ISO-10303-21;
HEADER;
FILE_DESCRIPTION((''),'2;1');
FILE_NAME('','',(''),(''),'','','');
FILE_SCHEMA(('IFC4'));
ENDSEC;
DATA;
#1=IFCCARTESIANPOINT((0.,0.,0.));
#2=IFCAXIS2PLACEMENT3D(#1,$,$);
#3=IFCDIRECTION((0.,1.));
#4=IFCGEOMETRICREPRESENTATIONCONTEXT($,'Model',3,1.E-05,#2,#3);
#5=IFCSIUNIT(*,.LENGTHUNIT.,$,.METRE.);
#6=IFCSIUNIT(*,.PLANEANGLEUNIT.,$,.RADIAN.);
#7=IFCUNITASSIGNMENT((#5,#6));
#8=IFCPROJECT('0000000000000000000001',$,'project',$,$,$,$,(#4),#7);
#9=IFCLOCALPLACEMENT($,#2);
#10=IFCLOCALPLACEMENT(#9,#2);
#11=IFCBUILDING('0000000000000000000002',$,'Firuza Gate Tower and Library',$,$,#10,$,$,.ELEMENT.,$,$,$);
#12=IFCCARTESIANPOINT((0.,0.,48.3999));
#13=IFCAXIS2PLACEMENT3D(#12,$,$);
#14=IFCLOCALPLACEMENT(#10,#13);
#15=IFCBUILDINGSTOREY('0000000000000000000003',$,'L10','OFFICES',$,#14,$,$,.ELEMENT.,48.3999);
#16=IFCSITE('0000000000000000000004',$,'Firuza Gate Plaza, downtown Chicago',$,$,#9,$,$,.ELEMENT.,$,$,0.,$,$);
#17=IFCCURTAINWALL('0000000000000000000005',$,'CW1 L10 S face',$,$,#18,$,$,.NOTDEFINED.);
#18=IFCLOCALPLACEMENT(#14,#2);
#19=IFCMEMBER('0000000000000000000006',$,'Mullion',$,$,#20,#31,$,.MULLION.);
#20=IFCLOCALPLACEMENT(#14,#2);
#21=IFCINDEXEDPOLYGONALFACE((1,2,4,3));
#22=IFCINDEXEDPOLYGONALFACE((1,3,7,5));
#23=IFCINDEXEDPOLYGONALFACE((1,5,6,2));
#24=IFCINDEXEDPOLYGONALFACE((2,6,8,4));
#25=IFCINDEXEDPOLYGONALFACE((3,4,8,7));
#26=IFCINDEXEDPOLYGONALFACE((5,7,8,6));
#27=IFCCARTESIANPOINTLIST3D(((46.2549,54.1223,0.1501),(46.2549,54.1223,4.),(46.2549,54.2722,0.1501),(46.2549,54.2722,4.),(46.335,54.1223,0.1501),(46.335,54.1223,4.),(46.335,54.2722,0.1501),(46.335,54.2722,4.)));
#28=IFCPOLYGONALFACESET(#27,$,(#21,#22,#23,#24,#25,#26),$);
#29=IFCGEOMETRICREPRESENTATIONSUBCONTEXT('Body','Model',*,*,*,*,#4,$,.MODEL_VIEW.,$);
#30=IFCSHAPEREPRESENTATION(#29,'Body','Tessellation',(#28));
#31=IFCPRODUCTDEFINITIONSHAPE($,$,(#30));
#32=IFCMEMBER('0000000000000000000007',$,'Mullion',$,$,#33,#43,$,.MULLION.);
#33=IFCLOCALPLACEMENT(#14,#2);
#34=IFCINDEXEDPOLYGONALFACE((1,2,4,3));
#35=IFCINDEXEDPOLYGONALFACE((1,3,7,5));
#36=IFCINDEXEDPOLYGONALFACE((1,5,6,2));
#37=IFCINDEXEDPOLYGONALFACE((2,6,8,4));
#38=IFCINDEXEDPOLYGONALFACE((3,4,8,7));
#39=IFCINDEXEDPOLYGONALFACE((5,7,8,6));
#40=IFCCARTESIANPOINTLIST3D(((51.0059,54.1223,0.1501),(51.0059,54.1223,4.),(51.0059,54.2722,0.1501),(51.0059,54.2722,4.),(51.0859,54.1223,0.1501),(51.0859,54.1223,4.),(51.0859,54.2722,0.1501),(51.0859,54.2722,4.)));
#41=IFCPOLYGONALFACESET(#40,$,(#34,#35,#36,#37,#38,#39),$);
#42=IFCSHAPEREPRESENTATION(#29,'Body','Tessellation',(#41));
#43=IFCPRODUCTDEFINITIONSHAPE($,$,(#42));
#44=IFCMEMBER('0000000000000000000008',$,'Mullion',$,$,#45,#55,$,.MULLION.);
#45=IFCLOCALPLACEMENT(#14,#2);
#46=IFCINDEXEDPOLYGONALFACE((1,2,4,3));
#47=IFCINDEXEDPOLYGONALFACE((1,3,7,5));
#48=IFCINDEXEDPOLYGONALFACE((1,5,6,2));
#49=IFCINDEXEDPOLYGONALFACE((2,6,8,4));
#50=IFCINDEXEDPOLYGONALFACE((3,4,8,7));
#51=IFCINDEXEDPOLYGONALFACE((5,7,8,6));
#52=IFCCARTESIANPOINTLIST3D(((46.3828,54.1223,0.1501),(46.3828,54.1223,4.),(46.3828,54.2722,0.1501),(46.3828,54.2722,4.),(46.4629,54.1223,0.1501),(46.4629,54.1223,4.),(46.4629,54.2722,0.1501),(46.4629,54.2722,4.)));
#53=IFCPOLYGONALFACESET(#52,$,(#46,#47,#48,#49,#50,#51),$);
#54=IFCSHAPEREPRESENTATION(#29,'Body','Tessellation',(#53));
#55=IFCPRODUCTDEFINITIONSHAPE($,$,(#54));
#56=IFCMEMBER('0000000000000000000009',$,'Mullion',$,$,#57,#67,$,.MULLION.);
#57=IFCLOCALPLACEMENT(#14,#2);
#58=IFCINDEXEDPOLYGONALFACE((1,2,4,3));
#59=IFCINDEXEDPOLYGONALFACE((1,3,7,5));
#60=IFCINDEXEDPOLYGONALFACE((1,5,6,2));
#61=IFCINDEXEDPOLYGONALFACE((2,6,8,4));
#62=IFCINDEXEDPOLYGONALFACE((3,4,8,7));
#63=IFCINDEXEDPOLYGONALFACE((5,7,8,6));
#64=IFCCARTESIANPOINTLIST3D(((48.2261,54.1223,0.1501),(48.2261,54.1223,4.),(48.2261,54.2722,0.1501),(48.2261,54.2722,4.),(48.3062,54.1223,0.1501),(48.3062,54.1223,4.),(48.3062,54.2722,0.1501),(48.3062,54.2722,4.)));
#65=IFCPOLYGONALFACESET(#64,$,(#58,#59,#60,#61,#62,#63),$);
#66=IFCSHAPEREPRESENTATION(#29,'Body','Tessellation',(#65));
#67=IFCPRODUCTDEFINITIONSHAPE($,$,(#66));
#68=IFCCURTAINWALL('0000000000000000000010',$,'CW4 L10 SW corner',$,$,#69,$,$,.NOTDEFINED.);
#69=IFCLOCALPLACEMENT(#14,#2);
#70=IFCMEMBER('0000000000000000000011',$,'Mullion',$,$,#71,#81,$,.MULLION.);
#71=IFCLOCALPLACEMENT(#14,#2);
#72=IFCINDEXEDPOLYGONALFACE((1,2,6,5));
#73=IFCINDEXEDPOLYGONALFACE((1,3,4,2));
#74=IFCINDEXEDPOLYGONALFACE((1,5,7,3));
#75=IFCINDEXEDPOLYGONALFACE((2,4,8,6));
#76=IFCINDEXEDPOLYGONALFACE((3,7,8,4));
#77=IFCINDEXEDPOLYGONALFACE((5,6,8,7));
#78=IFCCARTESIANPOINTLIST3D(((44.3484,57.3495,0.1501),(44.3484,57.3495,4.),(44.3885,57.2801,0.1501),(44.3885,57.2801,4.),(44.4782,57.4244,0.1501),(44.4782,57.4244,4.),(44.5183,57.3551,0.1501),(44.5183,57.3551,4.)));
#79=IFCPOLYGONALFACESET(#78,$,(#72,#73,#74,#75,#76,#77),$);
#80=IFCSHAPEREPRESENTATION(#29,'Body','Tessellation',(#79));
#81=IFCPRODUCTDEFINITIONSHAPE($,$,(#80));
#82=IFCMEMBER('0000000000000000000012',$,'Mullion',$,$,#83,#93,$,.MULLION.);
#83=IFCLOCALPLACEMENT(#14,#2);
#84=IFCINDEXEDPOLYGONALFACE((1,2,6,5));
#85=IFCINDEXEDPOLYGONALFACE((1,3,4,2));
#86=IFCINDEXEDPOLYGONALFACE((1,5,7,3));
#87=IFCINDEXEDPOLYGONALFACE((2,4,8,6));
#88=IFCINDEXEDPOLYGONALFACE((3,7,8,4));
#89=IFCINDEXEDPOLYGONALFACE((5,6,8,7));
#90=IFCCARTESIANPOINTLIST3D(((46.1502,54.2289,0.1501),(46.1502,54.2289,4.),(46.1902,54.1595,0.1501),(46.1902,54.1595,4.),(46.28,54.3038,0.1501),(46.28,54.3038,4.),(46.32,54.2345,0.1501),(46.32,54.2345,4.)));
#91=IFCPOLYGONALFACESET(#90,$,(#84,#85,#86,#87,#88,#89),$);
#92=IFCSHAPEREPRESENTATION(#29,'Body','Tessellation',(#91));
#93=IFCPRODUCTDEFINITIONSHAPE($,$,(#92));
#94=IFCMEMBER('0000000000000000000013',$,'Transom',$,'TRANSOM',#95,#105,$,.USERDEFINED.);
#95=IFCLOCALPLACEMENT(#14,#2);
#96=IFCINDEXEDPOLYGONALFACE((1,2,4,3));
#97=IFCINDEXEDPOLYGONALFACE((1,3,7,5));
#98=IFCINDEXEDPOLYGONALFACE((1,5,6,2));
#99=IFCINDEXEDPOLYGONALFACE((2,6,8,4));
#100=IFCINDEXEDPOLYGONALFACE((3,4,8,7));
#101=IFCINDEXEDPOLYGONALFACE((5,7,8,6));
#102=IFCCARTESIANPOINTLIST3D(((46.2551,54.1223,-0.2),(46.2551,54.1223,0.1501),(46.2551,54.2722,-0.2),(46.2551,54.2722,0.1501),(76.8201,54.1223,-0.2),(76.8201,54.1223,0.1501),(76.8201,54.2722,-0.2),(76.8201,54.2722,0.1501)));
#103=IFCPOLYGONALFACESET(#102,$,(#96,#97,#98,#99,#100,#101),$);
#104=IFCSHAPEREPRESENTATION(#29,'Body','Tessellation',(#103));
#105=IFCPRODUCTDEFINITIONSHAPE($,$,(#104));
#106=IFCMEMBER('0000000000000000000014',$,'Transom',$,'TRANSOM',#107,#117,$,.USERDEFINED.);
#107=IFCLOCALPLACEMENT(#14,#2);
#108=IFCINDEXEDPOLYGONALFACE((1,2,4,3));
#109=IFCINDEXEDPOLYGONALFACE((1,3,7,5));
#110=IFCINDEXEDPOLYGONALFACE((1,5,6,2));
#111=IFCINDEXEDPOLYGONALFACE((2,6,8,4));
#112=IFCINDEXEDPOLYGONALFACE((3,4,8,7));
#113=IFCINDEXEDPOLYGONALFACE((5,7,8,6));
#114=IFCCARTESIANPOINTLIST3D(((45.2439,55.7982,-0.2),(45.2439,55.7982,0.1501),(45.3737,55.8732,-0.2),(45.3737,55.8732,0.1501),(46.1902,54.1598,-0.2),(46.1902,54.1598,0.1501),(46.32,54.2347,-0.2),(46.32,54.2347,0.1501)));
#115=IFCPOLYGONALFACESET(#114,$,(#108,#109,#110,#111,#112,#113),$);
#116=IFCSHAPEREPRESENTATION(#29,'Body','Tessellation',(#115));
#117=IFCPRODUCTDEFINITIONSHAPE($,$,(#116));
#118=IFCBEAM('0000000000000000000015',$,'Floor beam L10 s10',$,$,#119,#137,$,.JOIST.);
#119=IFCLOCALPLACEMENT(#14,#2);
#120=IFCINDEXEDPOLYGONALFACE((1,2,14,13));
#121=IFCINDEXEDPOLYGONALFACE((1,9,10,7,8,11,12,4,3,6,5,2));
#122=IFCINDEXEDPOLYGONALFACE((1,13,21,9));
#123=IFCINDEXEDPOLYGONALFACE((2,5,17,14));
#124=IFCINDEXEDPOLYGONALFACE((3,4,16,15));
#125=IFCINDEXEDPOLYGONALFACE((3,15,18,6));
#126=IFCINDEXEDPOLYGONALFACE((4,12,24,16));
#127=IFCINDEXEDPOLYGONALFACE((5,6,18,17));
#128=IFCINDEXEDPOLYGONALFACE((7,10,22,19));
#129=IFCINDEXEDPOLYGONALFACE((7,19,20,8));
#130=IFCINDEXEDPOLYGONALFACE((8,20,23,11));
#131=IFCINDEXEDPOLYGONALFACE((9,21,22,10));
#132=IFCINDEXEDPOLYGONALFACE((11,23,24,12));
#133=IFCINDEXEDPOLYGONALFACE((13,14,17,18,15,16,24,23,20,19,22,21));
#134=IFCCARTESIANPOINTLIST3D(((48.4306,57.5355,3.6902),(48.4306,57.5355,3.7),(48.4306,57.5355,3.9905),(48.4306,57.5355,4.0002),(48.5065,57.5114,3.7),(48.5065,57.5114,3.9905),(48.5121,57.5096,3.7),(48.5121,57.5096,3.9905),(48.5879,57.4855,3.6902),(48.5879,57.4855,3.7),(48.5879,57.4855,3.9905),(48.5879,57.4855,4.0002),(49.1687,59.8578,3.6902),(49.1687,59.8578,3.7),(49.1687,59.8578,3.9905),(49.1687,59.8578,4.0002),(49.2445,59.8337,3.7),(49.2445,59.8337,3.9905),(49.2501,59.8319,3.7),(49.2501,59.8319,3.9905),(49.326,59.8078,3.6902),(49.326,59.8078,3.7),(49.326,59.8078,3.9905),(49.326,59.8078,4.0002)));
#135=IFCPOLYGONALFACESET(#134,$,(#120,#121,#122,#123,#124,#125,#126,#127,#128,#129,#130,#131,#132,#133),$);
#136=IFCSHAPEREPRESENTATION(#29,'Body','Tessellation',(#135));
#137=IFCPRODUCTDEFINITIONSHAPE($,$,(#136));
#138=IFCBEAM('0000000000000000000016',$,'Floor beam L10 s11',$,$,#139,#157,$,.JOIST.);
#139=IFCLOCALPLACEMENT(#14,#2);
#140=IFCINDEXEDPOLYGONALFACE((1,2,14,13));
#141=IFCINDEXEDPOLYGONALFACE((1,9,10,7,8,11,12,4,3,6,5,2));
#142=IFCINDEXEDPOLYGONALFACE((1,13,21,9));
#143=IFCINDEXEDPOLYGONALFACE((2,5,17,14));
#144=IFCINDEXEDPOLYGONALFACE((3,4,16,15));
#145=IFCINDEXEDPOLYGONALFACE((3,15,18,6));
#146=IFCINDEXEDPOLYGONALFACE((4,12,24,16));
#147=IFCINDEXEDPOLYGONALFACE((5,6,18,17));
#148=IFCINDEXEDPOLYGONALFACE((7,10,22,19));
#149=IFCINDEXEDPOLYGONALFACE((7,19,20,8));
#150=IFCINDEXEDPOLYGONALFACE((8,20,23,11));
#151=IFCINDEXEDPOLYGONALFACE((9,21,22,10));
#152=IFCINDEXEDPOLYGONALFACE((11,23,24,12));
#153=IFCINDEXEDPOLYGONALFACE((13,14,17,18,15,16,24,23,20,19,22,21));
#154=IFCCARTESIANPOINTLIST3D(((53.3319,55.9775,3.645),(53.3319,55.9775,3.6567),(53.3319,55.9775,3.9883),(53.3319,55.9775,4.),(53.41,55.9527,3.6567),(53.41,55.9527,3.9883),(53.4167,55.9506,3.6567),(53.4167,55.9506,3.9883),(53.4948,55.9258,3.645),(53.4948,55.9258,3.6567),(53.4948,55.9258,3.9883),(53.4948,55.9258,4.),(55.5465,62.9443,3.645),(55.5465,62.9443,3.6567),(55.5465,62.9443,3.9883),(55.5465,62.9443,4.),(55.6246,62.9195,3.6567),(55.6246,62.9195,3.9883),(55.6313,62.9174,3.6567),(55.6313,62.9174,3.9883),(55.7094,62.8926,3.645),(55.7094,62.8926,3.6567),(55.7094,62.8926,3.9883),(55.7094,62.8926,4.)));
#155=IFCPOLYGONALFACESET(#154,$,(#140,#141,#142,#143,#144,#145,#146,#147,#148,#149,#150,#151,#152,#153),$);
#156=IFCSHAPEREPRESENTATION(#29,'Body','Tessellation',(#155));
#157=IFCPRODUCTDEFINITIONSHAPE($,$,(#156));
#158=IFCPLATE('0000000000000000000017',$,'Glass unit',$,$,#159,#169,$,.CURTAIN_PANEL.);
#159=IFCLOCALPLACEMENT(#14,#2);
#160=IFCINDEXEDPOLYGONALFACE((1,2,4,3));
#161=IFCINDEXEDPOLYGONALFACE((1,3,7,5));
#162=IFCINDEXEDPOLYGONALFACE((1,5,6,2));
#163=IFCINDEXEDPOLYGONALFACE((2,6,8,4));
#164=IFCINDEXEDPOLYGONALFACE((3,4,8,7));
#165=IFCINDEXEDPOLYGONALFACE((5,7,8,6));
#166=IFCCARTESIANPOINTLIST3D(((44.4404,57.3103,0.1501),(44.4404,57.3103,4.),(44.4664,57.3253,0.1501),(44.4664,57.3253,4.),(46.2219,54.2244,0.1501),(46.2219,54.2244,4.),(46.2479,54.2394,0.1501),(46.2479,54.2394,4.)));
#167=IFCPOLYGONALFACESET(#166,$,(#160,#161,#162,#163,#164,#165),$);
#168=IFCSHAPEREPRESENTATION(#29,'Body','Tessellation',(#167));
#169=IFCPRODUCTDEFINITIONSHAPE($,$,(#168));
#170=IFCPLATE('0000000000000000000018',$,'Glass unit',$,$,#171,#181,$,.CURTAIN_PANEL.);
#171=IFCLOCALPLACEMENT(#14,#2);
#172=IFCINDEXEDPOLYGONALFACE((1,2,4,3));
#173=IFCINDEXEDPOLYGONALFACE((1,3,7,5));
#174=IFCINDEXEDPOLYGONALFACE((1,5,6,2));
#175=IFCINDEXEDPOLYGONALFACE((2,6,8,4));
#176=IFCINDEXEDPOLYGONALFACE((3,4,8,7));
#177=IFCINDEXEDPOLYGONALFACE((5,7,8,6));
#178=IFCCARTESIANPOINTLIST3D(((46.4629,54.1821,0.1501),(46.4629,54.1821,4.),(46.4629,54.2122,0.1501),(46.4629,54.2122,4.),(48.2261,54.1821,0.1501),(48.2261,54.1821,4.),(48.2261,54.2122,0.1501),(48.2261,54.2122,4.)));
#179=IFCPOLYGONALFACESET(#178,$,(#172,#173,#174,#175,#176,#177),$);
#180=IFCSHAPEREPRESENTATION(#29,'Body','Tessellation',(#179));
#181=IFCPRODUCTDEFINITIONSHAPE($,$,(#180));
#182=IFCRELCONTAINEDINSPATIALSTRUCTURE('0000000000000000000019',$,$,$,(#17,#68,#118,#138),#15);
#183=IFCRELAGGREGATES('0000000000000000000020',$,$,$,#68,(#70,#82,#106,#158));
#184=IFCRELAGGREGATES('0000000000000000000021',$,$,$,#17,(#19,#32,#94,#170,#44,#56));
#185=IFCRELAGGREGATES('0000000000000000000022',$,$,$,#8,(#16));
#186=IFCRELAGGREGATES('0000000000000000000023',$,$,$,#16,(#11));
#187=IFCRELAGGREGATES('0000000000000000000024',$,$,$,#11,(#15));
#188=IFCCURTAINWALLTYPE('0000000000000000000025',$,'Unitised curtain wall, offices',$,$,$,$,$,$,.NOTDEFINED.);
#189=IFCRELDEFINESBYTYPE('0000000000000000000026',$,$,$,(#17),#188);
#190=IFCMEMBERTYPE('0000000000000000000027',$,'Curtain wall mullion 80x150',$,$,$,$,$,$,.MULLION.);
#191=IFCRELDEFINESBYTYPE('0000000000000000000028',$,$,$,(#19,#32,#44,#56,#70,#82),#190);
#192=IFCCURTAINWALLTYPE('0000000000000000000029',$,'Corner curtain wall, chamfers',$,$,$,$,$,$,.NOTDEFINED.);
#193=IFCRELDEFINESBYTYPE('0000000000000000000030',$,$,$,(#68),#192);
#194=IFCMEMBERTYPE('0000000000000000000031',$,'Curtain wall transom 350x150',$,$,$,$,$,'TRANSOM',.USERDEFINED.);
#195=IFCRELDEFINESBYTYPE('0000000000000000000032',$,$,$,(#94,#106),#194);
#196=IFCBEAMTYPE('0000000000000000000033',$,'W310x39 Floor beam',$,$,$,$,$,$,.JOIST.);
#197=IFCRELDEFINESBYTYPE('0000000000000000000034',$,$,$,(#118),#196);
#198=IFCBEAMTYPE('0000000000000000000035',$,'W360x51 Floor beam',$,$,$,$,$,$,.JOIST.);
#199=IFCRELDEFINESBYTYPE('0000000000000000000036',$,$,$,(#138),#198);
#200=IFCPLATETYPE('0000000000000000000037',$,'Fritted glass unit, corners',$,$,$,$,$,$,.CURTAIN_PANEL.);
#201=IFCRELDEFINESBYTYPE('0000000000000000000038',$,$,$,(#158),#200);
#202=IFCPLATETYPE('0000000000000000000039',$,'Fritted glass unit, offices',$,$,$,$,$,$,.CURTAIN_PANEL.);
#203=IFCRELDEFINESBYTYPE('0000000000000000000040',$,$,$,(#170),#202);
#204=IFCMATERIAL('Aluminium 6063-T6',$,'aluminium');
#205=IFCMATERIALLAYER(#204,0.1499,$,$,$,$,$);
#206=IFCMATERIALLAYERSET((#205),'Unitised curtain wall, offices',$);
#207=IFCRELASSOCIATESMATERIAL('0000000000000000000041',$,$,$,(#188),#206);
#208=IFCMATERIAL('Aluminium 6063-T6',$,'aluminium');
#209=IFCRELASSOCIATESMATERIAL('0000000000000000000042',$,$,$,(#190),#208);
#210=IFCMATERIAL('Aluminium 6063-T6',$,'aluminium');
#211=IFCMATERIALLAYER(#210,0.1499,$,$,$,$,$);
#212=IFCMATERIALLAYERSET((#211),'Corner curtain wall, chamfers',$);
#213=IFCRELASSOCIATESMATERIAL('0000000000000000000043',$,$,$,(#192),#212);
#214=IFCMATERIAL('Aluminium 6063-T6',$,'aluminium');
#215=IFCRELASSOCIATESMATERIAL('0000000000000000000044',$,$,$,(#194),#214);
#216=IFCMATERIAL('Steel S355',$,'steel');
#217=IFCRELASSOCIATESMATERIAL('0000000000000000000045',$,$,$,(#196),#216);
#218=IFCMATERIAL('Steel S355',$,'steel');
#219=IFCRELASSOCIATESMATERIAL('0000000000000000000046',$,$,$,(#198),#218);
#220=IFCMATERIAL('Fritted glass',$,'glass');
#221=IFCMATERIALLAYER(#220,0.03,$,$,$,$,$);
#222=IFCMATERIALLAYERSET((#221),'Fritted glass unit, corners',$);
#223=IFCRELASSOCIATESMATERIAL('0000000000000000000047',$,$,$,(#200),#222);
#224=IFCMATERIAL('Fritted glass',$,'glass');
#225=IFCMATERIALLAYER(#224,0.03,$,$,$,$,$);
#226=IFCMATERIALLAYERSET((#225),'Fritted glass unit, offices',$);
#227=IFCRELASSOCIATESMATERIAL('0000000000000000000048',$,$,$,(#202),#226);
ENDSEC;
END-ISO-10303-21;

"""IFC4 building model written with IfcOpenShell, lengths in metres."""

from ifc_helpers import new_model, si_unit, direction, frame, origin, origin_2d, place, context, subcontext, project, spatial, polyline, rectangle, i_section, outline, extrude, material, layer, layer_set, material_profile, profile_set, type_object, element, aggregate, save


model = new_model("IFC4")

# Units and contexts
model_context = context("Model", 3, precision=1e-05, world=origin(), true_north=direction((0.0, 1.0)))
body_context = subcontext(model_context, "Body", "Model", "MODEL_VIEW")
ifc_project = project(units=[si_unit("LENGTHUNIT", "METRE"), si_unit("PLANEANGLEUNIT", "RADIAN")], contexts=[model_context])

# Site, building, storey
site_placement = place(None, origin())
site = spatial("IfcSite", under=ifc_project, at=site_placement, Name="Firuza Gate Plaza, downtown Chicago", CompositionType="ELEMENT", RefElevation=0.0)
building_placement = place(site_placement, origin())
building = spatial("IfcBuilding", under=site, at=building_placement, Name="Firuza Gate Tower and Library", CompositionType="ELEMENT")
storey_placement = place(building_placement, frame((0.0, 0.0, 48.3999)))
storey = spatial("IfcBuildingStorey", under=building, at=storey_placement, Name="L10", Description="OFFICES", CompositionType="ELEMENT", Elevation=48.3999)

# Curtain walls, members
ifc_material_1 = material(Name="Aluminium 6063-T6", Category="aluminium")
ifc_layer_1 = layer(ifc_material_1, 0.1499)
ifc_layer_set_1 = layer_set([ifc_layer_1], Name="Unitised curtain wall, offices")
curtain_wall_type_1 = type_object("IfcCurtainWallType", Name="Unitised curtain wall, offices", PredefinedType="NOTDEFINED", material=ifc_layer_set_1)
placement_1 = place(storey_placement, origin())
curtain_wall_1 = element("IfcCurtainWall", 1, at=placement_1, inside=storey, type_object=curtain_wall_type_1, Name="CW1 L10 S face", PredefinedType="NOTDEFINED")
ifc_material_2 = material(Name="Aluminium 6063-T6", Category="aluminium")
ifc_material_profile_1 = material_profile(ifc_material_2, rectangle(XDim=0.1499, YDim=0.0801, at=origin_2d()))
ifc_profile_set_1 = profile_set([ifc_material_profile_1], Name="Aluminium 6063-T6")
member_type_1 = type_object("IfcMemberType", Name="Curtain wall mullion 80x150", PredefinedType="MULLION", material=ifc_profile_set_1)
member_1_placement = place(storey_placement, frame((46.2949, 54.1973, 0.1501), z_axis=(0.0, 0.0, 1.0), x_axis=(0.0, 1.0, 0.0)))
member_1 = element("IfcMember", 2, at=member_1_placement, type_object=member_type_1, Name="Mullion", PredefinedType="MULLION", context=body_context, shape_type="SweptSolid", body=[
    extrude(rectangle(XDim=0.1499, YDim=0.0801, at=origin_2d()), origin(), (0.0, 0.0, 1.0), 3.8499),
])
member_2_placement = place(storey_placement, frame((51.0459, 54.1973, 0.1501), z_axis=(0.0, 0.0, 1.0), x_axis=(0.0, 1.0, 0.0)))
member_2 = element("IfcMember", 3, at=member_2_placement, type_object=member_type_1, Name="Mullion", PredefinedType="MULLION", context=body_context, shape_type="SweptSolid", body=[
    extrude(rectangle(XDim=0.1499, YDim=0.0801, at=origin_2d()), origin(), (0.0, 0.0, 1.0), 3.8499),
])
member_3_placement = place(storey_placement, frame((46.4229, 54.1973, 0.1501), z_axis=(0.0, 0.0, 1.0), x_axis=(0.0, 1.0, 0.0)))
member_3 = element("IfcMember", 4, at=member_3_placement, type_object=member_type_1, Name="Mullion", PredefinedType="MULLION", context=body_context, shape_type="SweptSolid", body=[
    extrude(rectangle(XDim=0.1499, YDim=0.0801, at=origin_2d()), origin(), (0.0, 0.0, 1.0), 3.8499),
])
member_4_placement = place(storey_placement, frame((48.2661, 54.1973, 0.1501), z_axis=(0.0, 0.0, 1.0), x_axis=(0.0, 1.0, 0.0)))
member_4 = element("IfcMember", 5, at=member_4_placement, type_object=member_type_1, Name="Mullion", PredefinedType="MULLION", context=body_context, shape_type="SweptSolid", body=[
    extrude(rectangle(XDim=0.1499, YDim=0.0801, at=origin_2d()), origin(), (0.0, 0.0, 1.0), 3.8499),
])
ifc_material_3 = material(Name="Aluminium 6063-T6", Category="aluminium")
ifc_layer_2 = layer(ifc_material_3, 0.1499)
ifc_layer_set_2 = layer_set([ifc_layer_2], Name="Corner curtain wall, chamfers")
curtain_wall_type_2 = type_object("IfcCurtainWallType", Name="Corner curtain wall, chamfers", PredefinedType="NOTDEFINED", material=ifc_layer_set_2)
curtain_wall_2 = element("IfcCurtainWall", 6, at=placement_1, inside=storey, type_object=curtain_wall_type_2, Name="CW4 L10 SW corner", PredefinedType="NOTDEFINED")
member_5_placement = place(storey_placement, frame((44.4333, 57.3523, 0.1501), z_axis=(0.0, 0.0, 1.0), x_axis=(0.866025, 0.5, 0.0)))
member_5 = element("IfcMember", 7, at=member_5_placement, type_object=member_type_1, Name="Mullion", PredefinedType="MULLION", context=body_context, shape_type="SweptSolid", body=[
    extrude(rectangle(XDim=0.1499, YDim=0.0801, at=origin_2d()), origin(), (0.0, 0.0, 1.0), 3.8499),
])
member_6_placement = place(storey_placement, frame((46.2351, 54.2317, 0.1501), z_axis=(0.0, 0.0, 1.0), x_axis=(0.866025, 0.5, 0.0)))
member_6 = element("IfcMember", 8, at=member_6_placement, type_object=member_type_1, Name="Mullion", PredefinedType="MULLION", context=body_context, shape_type="SweptSolid", body=[
    extrude(rectangle(XDim=0.1499, YDim=0.0801, at=origin_2d()), origin(), (0.0, 0.0, 1.0), 3.8499),
])

# Members
ifc_material_4 = material(Name="Aluminium 6063-T6", Category="aluminium")
ifc_material_profile_2 = material_profile(ifc_material_4, rectangle(XDim=0.1499, YDim=0.3501, at=origin_2d()))
ifc_profile_set_2 = profile_set([ifc_material_profile_2], Name="Aluminium 6063-T6")
member_type_2 = type_object("IfcMemberType", Name="Curtain wall transom 350x150", ElementType="TRANSOM", PredefinedType="USERDEFINED", material=ifc_profile_set_2)
member_7_placement = place(storey_placement, frame((46.2551, 54.1973, -0.0249), z_axis=(1.0, 0.0, 0.0), x_axis=(0.0, 1.0, 0.0)))
member_7 = element("IfcMember", 9, at=member_7_placement, type_object=member_type_2, Name="Transom", ObjectType="TRANSOM", PredefinedType="USERDEFINED", context=body_context, shape_type="SweptSolid", body=[
    extrude(rectangle(XDim=0.1499, YDim=0.3501, at=origin_2d()), origin(), (0.0, 0.0, 1.0), 30.5649),
])
member_8_placement = place(storey_placement, frame((45.3088, 55.8357, -0.0249), z_axis=(0.500136, -0.865947, 0.0), x_axis=(0.865947, 0.500136, 0.0)))
member_8 = element("IfcMember", 10, at=member_8_placement, type_object=member_type_2, Name="Transom", ObjectType="TRANSOM", PredefinedType="USERDEFINED", context=body_context, shape_type="SweptSolid", body=[
    extrude(rectangle(XDim=0.1499, YDim=0.3501, at=origin_2d()), origin(), (0.0, 0.0, 1.0), 1.8921),
])

# Beams
ifc_material_5 = material(Name="Steel S355", Category="steel")
ifc_material_profile_3 = material_profile(ifc_material_5, i_section(OverallWidth=0.165, OverallDepth=0.3101, WebThickness=0.0059, FlangeThickness=0.0098, at=origin_2d()))
ifc_profile_set_3 = profile_set([ifc_material_profile_3], Name="Steel S355")
beam_type_1 = type_object("IfcBeamType", Name="W310x39 Floor beam", PredefinedType="JOIST", material=ifc_profile_set_3)
beam_1_placement = place(storey_placement, frame((48.5093, 57.5105, 3.8452), z_axis=(0.302881, 0.953028, 0.0), x_axis=(-0.953028, 0.302881, 0.0)))
element("IfcBeam", 11, at=beam_1_placement, inside=storey, type_object=beam_type_1, Name="Floor beam L10 s10", PredefinedType="JOIST", context=body_context, shape_type="SweptSolid", body=[
    extrude(i_section(OverallWidth=0.165, OverallDepth=0.3101, WebThickness=0.0059, FlangeThickness=0.0098, at=origin_2d()), origin(), (0.0, 0.0, 1.0), 2.4368),
])
ifc_material_6 = material(Name="Steel S355", Category="steel")
ifc_material_profile_4 = material_profile(ifc_material_6, i_section(OverallWidth=0.1709, OverallDepth=0.355, WebThickness=0.0071, FlangeThickness=0.0117, at=origin_2d()))
ifc_profile_set_4 = profile_set([ifc_material_profile_4], Name="Steel S355")
beam_type_2 = type_object("IfcBeamType", Name="W360x51 Floor beam", PredefinedType="JOIST", material=ifc_profile_set_4)
beam_2_placement = place(storey_placement, frame((53.4133, 55.9517, 3.8225), z_axis=(0.302942, 0.953009, 0.0), x_axis=(-0.953009, 0.302942, 0.0)))
element("IfcBeam", 12, at=beam_2_placement, inside=storey, type_object=beam_type_2, Name="Floor beam L10 s11", PredefinedType="JOIST", context=body_context, shape_type="SweptSolid", body=[
    extrude(i_section(OverallWidth=0.1709, OverallDepth=0.355, WebThickness=0.0071, FlangeThickness=0.0117, at=origin_2d()), origin(), (0.0, 0.0, 1.0), 7.3103),
])

# Plates
ifc_material_7 = material(Name="Fritted glass", Category="glass")
ifc_layer_3 = layer(ifc_material_7, 0.03)
ifc_layer_set_3 = layer_set([ifc_layer_3], Name="Fritted glass unit, corners")
plate_type_1 = type_object("IfcPlateType", Name="Fritted glass unit, corners", PredefinedType="CURTAIN_PANEL", material=ifc_layer_set_3)
plate_1_placement = place(storey_placement, frame((44.4404, 57.3103, 0.1501), z_axis=(-0.866046, -0.499964, 0.0), x_axis=(0.499964, -0.866046, 0.0)))
plate_1 = element("IfcPlate", 13, at=plate_1_placement, type_object=plate_type_1, Name="Glass unit", PredefinedType="CURTAIN_PANEL", context=body_context, shape_type="SweptSolid", body=[
    extrude(outline(polyline([(0.0, 0.0), (3.5632, 0.0), (3.5632, 3.8499), (0.0, 3.8499), (0.0, 0.0)])), origin(), (0.0, 0.0, -1.0), 0.03),
])
aggregate(curtain_wall_2, [member_5, member_6, member_8, plate_1])
ifc_material_8 = material(Name="Fritted glass", Category="glass")
ifc_layer_4 = layer(ifc_material_8, 0.03)
ifc_layer_set_4 = layer_set([ifc_layer_4], Name="Fritted glass unit, offices")
plate_type_2 = type_object("IfcPlateType", Name="Fritted glass unit, offices", PredefinedType="CURTAIN_PANEL", material=ifc_layer_set_4)
plate_2_placement = place(storey_placement, frame((46.4629, 54.1821, 0.1501), z_axis=(0.0, -1.0, 0.0), x_axis=(1.0, 0.0, 0.0)))
plate_2 = element("IfcPlate", 14, at=plate_2_placement, type_object=plate_type_2, Name="Glass unit", PredefinedType="CURTAIN_PANEL", context=body_context, shape_type="SweptSolid", body=[
    extrude(outline(polyline([(0.0, 0.0), (1.7632, 0.0), (1.7632, 3.8499), (0.0, 3.8499), (0.0, 0.0)])), origin(), (0.0, 0.0, -1.0), 0.03),
])
aggregate(curtain_wall_1, [member_1, member_2, member_7, plate_2, member_3, member_4])

save(model, "model.ifc")
